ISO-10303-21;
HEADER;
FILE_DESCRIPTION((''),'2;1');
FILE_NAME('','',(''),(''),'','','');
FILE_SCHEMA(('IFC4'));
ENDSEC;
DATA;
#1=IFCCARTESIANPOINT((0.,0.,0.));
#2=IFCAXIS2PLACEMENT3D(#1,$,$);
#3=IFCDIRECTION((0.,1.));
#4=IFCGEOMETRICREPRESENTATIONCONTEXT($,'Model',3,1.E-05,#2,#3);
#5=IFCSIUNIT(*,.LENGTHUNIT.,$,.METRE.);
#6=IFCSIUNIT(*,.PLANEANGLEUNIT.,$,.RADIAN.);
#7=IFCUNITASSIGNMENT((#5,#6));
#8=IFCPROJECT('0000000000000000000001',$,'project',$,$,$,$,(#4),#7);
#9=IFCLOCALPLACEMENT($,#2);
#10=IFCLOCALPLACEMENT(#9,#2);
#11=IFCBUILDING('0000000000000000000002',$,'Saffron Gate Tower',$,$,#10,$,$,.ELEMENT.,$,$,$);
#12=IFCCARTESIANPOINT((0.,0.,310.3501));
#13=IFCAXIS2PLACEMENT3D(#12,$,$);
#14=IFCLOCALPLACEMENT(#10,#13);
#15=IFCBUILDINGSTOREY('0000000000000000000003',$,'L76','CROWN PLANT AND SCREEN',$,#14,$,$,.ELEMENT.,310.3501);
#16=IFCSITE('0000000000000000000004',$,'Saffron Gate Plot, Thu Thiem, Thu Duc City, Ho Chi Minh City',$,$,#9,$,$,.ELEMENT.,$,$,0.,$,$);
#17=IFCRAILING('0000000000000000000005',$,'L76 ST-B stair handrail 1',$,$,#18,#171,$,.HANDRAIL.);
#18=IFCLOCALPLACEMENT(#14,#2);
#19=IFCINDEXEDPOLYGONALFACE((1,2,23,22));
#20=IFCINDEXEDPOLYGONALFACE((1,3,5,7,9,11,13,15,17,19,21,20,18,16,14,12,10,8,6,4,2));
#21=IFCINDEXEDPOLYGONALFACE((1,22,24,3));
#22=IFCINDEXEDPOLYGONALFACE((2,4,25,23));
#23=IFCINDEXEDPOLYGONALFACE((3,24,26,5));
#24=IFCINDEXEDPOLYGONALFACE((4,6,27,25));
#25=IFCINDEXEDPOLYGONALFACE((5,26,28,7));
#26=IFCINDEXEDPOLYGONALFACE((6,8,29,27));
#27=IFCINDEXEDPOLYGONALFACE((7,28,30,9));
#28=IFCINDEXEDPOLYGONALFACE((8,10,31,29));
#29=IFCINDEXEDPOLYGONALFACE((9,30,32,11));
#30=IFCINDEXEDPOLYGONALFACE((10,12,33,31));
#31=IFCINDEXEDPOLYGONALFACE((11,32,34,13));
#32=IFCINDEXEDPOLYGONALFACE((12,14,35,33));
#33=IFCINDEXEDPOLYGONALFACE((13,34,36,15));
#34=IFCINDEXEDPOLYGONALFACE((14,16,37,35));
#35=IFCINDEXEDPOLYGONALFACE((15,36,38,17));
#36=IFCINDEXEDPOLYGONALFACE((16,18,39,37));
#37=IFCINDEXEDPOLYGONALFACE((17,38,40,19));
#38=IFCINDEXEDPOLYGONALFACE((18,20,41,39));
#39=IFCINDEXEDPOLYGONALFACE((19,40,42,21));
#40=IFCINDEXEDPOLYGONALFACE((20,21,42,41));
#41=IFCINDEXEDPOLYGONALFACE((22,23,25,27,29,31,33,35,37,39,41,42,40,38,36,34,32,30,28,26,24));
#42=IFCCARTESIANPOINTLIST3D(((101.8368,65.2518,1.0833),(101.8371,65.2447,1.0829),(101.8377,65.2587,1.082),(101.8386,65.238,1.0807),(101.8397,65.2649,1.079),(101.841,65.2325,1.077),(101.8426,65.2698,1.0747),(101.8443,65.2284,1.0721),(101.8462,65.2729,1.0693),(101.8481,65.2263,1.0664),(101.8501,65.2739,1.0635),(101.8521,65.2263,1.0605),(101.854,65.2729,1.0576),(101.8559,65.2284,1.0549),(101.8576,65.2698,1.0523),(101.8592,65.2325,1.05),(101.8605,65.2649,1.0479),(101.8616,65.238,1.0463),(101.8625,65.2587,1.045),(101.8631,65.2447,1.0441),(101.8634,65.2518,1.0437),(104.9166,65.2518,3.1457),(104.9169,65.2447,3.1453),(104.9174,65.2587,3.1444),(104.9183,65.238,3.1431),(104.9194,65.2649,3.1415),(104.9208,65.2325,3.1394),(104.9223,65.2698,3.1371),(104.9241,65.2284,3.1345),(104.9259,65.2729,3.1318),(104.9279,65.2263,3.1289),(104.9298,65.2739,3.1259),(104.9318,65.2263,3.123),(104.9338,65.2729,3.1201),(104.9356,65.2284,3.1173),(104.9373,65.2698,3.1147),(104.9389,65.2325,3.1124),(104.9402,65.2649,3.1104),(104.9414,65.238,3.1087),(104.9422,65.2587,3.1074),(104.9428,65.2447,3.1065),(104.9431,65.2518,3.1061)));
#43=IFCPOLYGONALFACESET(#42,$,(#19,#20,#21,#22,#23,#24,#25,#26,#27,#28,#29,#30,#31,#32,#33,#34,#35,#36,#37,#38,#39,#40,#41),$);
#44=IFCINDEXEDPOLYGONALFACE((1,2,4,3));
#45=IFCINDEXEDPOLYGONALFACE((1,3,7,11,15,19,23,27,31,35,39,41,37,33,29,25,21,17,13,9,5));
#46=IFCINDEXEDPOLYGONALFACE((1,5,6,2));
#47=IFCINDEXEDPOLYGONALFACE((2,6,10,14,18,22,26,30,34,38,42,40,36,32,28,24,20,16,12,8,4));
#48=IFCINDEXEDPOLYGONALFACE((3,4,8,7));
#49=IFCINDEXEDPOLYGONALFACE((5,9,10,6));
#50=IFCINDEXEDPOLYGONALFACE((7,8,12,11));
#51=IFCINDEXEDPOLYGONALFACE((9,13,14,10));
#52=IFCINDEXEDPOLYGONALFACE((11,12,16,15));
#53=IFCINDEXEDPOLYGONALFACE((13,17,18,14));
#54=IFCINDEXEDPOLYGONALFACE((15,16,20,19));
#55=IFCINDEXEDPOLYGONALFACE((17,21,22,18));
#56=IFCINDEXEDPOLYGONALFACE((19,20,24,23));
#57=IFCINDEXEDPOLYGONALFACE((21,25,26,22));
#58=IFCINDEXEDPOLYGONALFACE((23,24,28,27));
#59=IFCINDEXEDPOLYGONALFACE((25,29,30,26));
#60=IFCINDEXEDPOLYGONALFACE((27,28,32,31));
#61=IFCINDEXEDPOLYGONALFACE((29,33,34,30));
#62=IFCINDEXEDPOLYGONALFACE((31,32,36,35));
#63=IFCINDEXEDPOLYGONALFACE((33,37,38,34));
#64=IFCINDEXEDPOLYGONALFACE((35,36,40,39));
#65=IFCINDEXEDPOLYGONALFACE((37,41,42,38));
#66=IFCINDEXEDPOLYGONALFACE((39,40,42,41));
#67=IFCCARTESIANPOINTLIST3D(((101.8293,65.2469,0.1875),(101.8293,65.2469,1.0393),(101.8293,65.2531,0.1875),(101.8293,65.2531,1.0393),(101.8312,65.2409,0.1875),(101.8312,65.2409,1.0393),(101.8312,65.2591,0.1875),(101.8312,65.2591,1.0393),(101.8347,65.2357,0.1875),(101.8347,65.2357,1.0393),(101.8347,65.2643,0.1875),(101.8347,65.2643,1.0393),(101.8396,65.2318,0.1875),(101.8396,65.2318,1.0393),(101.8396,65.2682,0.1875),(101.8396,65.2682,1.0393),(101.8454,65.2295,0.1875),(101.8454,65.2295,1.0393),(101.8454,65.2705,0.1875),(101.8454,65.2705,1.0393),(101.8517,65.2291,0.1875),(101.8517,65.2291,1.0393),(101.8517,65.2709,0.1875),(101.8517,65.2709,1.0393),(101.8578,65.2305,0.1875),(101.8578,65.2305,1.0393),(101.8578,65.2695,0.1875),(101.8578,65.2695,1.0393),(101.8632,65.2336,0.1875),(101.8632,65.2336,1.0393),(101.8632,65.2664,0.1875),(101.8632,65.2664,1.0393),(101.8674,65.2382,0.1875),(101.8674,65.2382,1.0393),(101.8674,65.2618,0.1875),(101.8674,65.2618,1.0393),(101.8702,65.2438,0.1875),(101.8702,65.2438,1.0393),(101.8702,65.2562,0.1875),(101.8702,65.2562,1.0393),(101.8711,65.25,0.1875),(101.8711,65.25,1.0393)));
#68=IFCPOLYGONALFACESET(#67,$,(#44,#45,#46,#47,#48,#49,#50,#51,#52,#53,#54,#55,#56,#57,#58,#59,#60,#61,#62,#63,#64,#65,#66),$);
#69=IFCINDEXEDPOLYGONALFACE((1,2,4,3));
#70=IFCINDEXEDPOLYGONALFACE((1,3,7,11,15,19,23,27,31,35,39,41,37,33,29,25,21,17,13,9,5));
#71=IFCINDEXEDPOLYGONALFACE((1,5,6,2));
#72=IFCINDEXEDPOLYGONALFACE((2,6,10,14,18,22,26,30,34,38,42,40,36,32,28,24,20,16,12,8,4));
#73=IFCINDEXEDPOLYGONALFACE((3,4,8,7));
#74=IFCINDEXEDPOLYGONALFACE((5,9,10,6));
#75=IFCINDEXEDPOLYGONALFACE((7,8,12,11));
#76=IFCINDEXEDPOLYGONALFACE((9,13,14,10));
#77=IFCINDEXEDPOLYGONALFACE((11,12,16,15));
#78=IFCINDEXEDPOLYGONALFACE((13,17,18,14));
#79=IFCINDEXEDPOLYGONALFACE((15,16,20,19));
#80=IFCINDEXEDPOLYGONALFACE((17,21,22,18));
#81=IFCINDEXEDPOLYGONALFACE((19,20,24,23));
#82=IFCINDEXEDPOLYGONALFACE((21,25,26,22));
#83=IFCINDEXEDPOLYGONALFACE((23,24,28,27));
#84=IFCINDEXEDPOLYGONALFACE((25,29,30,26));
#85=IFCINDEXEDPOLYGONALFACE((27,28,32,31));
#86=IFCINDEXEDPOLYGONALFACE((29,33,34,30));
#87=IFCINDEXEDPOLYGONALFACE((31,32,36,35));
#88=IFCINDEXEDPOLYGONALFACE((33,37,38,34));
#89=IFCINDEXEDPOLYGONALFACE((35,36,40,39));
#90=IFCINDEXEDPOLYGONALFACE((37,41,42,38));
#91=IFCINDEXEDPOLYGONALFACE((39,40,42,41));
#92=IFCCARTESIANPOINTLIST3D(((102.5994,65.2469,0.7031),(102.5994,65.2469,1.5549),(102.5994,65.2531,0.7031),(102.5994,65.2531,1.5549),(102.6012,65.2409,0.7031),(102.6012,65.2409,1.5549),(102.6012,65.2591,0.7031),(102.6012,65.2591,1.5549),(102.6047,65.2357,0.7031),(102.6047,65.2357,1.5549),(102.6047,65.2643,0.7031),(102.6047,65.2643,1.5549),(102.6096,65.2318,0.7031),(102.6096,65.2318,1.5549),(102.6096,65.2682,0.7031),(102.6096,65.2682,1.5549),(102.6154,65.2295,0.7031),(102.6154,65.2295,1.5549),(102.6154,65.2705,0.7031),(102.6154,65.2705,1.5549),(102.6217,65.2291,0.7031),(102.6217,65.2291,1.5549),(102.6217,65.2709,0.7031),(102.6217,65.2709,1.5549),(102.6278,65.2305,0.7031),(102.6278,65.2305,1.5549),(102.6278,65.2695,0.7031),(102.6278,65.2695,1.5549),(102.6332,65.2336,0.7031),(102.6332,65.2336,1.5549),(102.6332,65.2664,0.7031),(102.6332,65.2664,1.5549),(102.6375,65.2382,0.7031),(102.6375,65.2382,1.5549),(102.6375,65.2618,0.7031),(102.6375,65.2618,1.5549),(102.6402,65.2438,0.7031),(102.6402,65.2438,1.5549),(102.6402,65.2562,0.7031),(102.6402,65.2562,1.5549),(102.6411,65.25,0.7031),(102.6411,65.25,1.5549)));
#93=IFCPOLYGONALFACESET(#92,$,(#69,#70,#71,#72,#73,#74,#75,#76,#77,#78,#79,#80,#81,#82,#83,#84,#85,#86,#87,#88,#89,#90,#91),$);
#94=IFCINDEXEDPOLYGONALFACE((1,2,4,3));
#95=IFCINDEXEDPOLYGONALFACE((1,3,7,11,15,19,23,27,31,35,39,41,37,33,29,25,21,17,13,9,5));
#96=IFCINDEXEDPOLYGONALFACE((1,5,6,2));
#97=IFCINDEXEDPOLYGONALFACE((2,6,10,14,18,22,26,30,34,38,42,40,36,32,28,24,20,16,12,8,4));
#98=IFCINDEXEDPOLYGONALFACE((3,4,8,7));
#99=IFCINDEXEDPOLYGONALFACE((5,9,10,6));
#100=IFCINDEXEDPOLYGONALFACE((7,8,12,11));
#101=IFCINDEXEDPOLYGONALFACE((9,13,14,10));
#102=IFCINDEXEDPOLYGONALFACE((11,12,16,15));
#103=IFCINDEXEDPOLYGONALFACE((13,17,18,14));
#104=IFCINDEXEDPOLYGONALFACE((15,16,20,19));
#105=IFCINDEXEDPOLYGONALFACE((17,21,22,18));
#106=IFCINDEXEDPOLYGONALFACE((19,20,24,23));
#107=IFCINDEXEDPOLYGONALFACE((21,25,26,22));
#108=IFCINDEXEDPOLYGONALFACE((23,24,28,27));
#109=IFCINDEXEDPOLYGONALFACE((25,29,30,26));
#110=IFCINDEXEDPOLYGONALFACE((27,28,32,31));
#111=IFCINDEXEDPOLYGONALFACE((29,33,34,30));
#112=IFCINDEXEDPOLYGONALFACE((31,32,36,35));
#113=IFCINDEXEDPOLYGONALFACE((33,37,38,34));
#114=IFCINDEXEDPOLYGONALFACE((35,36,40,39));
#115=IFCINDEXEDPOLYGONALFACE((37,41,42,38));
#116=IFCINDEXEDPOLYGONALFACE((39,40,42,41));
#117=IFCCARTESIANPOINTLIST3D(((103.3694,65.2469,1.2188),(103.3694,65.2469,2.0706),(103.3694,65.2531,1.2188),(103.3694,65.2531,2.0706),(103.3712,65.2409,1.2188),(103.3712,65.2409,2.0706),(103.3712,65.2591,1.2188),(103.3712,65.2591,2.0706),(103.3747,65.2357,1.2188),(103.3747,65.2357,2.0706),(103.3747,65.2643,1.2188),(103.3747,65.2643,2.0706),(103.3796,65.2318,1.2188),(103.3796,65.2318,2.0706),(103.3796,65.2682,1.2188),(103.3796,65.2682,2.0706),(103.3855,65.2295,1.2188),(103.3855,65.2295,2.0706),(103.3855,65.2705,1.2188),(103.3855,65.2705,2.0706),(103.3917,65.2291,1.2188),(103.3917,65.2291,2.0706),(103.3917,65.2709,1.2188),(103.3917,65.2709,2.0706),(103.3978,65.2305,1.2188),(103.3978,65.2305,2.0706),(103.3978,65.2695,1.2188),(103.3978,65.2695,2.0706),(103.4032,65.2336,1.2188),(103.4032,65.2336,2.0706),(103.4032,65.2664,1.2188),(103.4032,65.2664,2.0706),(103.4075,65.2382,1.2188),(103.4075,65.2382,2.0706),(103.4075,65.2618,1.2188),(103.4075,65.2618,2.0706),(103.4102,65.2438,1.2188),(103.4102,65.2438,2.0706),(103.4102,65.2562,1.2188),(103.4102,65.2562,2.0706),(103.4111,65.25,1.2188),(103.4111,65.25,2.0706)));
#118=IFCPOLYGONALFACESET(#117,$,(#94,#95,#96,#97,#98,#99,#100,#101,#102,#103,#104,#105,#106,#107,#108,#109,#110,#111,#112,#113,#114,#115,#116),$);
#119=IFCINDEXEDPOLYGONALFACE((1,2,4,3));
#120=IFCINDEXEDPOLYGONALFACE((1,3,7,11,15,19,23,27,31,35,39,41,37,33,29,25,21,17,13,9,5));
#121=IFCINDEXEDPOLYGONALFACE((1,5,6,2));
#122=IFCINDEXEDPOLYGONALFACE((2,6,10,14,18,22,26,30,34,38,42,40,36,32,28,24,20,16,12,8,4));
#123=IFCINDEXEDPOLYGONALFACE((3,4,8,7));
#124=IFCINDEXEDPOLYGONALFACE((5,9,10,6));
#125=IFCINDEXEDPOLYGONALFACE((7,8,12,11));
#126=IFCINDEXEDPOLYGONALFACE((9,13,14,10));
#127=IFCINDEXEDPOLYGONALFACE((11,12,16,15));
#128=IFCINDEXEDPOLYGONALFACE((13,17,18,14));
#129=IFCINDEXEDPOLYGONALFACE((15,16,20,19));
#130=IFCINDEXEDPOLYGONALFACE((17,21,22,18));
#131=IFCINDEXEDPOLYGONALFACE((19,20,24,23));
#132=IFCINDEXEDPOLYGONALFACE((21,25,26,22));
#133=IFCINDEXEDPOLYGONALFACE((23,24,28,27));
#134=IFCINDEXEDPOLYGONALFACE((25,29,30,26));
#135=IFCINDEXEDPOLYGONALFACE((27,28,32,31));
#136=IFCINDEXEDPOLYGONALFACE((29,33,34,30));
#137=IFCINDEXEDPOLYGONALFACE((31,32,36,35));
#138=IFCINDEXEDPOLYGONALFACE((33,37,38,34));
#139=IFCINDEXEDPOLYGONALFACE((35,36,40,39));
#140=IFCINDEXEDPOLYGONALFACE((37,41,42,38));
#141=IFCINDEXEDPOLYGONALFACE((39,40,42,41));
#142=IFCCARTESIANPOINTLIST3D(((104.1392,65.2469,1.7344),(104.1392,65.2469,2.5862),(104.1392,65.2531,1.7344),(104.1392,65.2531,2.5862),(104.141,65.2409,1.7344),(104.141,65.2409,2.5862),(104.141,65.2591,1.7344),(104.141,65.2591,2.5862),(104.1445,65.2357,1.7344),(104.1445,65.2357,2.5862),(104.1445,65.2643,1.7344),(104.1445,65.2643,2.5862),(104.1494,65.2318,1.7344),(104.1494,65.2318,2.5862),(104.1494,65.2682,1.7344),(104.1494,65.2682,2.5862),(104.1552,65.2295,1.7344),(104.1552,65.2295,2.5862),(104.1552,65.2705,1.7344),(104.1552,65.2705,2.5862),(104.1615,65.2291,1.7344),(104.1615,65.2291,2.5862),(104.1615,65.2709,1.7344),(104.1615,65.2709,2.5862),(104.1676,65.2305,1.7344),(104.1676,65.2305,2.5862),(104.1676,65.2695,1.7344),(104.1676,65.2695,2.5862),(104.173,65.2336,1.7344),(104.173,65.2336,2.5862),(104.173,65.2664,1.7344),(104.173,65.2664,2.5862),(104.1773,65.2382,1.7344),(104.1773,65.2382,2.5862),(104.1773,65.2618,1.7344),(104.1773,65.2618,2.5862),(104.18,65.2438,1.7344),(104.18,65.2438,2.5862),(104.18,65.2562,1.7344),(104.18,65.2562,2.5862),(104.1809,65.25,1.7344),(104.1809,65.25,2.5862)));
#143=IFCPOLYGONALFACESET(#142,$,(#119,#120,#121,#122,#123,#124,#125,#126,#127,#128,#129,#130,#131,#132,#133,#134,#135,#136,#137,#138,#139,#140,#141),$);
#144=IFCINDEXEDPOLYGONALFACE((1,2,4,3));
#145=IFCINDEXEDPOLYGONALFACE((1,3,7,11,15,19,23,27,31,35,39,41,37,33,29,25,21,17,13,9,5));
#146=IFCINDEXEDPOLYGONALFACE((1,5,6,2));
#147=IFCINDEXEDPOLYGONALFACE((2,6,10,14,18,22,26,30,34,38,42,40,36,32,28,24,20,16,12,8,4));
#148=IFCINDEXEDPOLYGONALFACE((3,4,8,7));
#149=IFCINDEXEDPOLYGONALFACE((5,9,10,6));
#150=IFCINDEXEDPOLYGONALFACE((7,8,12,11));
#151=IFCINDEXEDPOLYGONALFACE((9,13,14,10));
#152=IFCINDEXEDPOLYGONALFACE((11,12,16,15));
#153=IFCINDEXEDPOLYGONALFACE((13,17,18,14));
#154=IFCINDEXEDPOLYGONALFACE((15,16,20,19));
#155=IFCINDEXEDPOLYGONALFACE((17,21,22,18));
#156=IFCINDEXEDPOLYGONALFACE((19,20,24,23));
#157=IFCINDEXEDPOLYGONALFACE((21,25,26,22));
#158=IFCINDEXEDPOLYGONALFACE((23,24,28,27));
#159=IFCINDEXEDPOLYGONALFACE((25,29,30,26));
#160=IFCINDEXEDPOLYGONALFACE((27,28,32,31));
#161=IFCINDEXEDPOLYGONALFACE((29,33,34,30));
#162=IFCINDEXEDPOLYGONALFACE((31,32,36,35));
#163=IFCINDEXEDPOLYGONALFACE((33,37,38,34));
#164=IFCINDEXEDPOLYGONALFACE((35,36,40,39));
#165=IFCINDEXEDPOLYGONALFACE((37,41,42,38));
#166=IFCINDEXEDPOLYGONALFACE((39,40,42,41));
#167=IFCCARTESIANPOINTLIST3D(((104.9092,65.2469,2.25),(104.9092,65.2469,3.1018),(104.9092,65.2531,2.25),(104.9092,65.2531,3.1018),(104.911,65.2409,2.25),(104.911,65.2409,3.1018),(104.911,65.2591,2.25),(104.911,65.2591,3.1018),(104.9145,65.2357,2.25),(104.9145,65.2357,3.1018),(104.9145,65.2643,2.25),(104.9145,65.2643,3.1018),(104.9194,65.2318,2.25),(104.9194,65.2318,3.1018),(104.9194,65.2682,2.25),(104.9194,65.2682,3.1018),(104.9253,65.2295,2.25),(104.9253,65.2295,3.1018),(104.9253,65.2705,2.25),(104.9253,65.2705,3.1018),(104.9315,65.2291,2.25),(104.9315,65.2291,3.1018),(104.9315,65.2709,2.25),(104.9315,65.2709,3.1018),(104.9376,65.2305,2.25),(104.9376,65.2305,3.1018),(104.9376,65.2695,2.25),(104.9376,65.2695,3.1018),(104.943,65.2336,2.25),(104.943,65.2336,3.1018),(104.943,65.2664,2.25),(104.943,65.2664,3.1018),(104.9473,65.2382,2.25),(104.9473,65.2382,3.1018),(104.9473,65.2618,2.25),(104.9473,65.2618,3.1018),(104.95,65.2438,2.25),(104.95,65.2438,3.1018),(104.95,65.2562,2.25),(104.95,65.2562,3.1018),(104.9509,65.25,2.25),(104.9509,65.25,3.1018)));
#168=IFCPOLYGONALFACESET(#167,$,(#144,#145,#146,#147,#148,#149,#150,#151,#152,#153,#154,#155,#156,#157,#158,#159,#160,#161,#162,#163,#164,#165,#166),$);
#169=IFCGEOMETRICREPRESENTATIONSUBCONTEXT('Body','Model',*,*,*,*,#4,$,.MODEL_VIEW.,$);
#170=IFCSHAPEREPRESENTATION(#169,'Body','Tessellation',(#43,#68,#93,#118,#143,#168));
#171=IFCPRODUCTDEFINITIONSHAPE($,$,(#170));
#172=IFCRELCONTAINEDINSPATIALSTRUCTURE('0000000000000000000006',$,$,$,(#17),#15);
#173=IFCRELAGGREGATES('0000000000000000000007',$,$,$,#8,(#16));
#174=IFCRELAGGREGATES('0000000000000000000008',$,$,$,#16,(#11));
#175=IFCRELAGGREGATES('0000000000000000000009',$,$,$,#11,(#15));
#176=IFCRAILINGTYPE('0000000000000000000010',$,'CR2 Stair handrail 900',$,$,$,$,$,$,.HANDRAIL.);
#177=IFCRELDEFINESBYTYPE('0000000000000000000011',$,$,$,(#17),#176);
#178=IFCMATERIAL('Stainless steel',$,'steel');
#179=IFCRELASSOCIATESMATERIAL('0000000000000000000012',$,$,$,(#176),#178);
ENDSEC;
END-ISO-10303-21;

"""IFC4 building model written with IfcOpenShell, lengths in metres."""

from ifc_helpers import new_model, si_unit, direction, frame, origin, origin_2d, place, context, subcontext, project, spatial, circle, extrude, material, type_object, element, save


model = new_model("IFC4")

# Units and contexts
model_context = context("Model", 3, precision=1e-05, world=origin(), true_north=direction((0.0, 1.0)))
body_context = subcontext(model_context, "Body", "Model", "MODEL_VIEW")
ifc_project = project(units=[si_unit("LENGTHUNIT", "METRE"), si_unit("PLANEANGLEUNIT", "RADIAN")], contexts=[model_context])

# Site, building, storey
site_placement = place(None, origin())
site = spatial("IfcSite", under=ifc_project, at=site_placement, Name="Saffron Gate Plot, Thu Thiem, Thu Duc City, Ho Chi Minh City", CompositionType="ELEMENT", RefElevation=0.0)
building_placement = place(site_placement, origin())
building = spatial("IfcBuilding", under=site, at=building_placement, Name="Saffron Gate Tower", CompositionType="ELEMENT")
storey_placement = place(building_placement, frame((0.0, 0.0, 310.3501)))
storey = spatial("IfcBuildingStorey", under=building, at=storey_placement, Name="L76", Description="CROWN PLANT AND SCREEN", CompositionType="ELEMENT", Elevation=310.3501)

# Railing
ifc_material_1 = material(Name="Stainless steel", Category="steel")
railing_type_1 = type_object("IfcRailingType", Name="CR2 Stair handrail 900", PredefinedType="HANDRAIL", material=ifc_material_1)
railing_1_placement = place(storey_placement, frame((101.8501, 65.25, 0.1875)))
element("IfcRailing", 1, at=railing_1_placement, inside=storey, type_object=railing_type_1, Name="L76 ST-B stair handrail 1", PredefinedType="HANDRAIL", context=body_context, shape_type="SweptSolid", body=[
    extrude(circle(Radius=0.0239, at=origin_2d()), frame((0.0, 0.0, 0.876), z_axis=(0.830893, 0.0, 0.556432), x_axis=(0.0, 1.0, 0.0)), (0.0, 0.0, 1.0), 3.7065),
    extrude(circle(Radius=0.021, at=origin_2d()), origin(), (0.0, 0.0, 1.0), 0.8518),
    extrude(circle(Radius=0.021, at=origin_2d()), frame((0.77, 0.0, 0.5156)), (0.0, 0.0, 1.0), 0.8518),
    extrude(circle(Radius=0.021, at=origin_2d()), frame((1.54, 0.0, 1.0312)), (0.0, 0.0, 1.0), 0.8518),
    extrude(circle(Radius=0.021, at=origin_2d()), frame((2.3098, 0.0, 1.5469)), (0.0, 0.0, 1.0), 0.8518),
    extrude(circle(Radius=0.021, at=origin_2d()), frame((3.0798, 0.0, 2.0625)), (0.0, 0.0, 1.0), 0.8518),
])

save(model, "model.ifc")
